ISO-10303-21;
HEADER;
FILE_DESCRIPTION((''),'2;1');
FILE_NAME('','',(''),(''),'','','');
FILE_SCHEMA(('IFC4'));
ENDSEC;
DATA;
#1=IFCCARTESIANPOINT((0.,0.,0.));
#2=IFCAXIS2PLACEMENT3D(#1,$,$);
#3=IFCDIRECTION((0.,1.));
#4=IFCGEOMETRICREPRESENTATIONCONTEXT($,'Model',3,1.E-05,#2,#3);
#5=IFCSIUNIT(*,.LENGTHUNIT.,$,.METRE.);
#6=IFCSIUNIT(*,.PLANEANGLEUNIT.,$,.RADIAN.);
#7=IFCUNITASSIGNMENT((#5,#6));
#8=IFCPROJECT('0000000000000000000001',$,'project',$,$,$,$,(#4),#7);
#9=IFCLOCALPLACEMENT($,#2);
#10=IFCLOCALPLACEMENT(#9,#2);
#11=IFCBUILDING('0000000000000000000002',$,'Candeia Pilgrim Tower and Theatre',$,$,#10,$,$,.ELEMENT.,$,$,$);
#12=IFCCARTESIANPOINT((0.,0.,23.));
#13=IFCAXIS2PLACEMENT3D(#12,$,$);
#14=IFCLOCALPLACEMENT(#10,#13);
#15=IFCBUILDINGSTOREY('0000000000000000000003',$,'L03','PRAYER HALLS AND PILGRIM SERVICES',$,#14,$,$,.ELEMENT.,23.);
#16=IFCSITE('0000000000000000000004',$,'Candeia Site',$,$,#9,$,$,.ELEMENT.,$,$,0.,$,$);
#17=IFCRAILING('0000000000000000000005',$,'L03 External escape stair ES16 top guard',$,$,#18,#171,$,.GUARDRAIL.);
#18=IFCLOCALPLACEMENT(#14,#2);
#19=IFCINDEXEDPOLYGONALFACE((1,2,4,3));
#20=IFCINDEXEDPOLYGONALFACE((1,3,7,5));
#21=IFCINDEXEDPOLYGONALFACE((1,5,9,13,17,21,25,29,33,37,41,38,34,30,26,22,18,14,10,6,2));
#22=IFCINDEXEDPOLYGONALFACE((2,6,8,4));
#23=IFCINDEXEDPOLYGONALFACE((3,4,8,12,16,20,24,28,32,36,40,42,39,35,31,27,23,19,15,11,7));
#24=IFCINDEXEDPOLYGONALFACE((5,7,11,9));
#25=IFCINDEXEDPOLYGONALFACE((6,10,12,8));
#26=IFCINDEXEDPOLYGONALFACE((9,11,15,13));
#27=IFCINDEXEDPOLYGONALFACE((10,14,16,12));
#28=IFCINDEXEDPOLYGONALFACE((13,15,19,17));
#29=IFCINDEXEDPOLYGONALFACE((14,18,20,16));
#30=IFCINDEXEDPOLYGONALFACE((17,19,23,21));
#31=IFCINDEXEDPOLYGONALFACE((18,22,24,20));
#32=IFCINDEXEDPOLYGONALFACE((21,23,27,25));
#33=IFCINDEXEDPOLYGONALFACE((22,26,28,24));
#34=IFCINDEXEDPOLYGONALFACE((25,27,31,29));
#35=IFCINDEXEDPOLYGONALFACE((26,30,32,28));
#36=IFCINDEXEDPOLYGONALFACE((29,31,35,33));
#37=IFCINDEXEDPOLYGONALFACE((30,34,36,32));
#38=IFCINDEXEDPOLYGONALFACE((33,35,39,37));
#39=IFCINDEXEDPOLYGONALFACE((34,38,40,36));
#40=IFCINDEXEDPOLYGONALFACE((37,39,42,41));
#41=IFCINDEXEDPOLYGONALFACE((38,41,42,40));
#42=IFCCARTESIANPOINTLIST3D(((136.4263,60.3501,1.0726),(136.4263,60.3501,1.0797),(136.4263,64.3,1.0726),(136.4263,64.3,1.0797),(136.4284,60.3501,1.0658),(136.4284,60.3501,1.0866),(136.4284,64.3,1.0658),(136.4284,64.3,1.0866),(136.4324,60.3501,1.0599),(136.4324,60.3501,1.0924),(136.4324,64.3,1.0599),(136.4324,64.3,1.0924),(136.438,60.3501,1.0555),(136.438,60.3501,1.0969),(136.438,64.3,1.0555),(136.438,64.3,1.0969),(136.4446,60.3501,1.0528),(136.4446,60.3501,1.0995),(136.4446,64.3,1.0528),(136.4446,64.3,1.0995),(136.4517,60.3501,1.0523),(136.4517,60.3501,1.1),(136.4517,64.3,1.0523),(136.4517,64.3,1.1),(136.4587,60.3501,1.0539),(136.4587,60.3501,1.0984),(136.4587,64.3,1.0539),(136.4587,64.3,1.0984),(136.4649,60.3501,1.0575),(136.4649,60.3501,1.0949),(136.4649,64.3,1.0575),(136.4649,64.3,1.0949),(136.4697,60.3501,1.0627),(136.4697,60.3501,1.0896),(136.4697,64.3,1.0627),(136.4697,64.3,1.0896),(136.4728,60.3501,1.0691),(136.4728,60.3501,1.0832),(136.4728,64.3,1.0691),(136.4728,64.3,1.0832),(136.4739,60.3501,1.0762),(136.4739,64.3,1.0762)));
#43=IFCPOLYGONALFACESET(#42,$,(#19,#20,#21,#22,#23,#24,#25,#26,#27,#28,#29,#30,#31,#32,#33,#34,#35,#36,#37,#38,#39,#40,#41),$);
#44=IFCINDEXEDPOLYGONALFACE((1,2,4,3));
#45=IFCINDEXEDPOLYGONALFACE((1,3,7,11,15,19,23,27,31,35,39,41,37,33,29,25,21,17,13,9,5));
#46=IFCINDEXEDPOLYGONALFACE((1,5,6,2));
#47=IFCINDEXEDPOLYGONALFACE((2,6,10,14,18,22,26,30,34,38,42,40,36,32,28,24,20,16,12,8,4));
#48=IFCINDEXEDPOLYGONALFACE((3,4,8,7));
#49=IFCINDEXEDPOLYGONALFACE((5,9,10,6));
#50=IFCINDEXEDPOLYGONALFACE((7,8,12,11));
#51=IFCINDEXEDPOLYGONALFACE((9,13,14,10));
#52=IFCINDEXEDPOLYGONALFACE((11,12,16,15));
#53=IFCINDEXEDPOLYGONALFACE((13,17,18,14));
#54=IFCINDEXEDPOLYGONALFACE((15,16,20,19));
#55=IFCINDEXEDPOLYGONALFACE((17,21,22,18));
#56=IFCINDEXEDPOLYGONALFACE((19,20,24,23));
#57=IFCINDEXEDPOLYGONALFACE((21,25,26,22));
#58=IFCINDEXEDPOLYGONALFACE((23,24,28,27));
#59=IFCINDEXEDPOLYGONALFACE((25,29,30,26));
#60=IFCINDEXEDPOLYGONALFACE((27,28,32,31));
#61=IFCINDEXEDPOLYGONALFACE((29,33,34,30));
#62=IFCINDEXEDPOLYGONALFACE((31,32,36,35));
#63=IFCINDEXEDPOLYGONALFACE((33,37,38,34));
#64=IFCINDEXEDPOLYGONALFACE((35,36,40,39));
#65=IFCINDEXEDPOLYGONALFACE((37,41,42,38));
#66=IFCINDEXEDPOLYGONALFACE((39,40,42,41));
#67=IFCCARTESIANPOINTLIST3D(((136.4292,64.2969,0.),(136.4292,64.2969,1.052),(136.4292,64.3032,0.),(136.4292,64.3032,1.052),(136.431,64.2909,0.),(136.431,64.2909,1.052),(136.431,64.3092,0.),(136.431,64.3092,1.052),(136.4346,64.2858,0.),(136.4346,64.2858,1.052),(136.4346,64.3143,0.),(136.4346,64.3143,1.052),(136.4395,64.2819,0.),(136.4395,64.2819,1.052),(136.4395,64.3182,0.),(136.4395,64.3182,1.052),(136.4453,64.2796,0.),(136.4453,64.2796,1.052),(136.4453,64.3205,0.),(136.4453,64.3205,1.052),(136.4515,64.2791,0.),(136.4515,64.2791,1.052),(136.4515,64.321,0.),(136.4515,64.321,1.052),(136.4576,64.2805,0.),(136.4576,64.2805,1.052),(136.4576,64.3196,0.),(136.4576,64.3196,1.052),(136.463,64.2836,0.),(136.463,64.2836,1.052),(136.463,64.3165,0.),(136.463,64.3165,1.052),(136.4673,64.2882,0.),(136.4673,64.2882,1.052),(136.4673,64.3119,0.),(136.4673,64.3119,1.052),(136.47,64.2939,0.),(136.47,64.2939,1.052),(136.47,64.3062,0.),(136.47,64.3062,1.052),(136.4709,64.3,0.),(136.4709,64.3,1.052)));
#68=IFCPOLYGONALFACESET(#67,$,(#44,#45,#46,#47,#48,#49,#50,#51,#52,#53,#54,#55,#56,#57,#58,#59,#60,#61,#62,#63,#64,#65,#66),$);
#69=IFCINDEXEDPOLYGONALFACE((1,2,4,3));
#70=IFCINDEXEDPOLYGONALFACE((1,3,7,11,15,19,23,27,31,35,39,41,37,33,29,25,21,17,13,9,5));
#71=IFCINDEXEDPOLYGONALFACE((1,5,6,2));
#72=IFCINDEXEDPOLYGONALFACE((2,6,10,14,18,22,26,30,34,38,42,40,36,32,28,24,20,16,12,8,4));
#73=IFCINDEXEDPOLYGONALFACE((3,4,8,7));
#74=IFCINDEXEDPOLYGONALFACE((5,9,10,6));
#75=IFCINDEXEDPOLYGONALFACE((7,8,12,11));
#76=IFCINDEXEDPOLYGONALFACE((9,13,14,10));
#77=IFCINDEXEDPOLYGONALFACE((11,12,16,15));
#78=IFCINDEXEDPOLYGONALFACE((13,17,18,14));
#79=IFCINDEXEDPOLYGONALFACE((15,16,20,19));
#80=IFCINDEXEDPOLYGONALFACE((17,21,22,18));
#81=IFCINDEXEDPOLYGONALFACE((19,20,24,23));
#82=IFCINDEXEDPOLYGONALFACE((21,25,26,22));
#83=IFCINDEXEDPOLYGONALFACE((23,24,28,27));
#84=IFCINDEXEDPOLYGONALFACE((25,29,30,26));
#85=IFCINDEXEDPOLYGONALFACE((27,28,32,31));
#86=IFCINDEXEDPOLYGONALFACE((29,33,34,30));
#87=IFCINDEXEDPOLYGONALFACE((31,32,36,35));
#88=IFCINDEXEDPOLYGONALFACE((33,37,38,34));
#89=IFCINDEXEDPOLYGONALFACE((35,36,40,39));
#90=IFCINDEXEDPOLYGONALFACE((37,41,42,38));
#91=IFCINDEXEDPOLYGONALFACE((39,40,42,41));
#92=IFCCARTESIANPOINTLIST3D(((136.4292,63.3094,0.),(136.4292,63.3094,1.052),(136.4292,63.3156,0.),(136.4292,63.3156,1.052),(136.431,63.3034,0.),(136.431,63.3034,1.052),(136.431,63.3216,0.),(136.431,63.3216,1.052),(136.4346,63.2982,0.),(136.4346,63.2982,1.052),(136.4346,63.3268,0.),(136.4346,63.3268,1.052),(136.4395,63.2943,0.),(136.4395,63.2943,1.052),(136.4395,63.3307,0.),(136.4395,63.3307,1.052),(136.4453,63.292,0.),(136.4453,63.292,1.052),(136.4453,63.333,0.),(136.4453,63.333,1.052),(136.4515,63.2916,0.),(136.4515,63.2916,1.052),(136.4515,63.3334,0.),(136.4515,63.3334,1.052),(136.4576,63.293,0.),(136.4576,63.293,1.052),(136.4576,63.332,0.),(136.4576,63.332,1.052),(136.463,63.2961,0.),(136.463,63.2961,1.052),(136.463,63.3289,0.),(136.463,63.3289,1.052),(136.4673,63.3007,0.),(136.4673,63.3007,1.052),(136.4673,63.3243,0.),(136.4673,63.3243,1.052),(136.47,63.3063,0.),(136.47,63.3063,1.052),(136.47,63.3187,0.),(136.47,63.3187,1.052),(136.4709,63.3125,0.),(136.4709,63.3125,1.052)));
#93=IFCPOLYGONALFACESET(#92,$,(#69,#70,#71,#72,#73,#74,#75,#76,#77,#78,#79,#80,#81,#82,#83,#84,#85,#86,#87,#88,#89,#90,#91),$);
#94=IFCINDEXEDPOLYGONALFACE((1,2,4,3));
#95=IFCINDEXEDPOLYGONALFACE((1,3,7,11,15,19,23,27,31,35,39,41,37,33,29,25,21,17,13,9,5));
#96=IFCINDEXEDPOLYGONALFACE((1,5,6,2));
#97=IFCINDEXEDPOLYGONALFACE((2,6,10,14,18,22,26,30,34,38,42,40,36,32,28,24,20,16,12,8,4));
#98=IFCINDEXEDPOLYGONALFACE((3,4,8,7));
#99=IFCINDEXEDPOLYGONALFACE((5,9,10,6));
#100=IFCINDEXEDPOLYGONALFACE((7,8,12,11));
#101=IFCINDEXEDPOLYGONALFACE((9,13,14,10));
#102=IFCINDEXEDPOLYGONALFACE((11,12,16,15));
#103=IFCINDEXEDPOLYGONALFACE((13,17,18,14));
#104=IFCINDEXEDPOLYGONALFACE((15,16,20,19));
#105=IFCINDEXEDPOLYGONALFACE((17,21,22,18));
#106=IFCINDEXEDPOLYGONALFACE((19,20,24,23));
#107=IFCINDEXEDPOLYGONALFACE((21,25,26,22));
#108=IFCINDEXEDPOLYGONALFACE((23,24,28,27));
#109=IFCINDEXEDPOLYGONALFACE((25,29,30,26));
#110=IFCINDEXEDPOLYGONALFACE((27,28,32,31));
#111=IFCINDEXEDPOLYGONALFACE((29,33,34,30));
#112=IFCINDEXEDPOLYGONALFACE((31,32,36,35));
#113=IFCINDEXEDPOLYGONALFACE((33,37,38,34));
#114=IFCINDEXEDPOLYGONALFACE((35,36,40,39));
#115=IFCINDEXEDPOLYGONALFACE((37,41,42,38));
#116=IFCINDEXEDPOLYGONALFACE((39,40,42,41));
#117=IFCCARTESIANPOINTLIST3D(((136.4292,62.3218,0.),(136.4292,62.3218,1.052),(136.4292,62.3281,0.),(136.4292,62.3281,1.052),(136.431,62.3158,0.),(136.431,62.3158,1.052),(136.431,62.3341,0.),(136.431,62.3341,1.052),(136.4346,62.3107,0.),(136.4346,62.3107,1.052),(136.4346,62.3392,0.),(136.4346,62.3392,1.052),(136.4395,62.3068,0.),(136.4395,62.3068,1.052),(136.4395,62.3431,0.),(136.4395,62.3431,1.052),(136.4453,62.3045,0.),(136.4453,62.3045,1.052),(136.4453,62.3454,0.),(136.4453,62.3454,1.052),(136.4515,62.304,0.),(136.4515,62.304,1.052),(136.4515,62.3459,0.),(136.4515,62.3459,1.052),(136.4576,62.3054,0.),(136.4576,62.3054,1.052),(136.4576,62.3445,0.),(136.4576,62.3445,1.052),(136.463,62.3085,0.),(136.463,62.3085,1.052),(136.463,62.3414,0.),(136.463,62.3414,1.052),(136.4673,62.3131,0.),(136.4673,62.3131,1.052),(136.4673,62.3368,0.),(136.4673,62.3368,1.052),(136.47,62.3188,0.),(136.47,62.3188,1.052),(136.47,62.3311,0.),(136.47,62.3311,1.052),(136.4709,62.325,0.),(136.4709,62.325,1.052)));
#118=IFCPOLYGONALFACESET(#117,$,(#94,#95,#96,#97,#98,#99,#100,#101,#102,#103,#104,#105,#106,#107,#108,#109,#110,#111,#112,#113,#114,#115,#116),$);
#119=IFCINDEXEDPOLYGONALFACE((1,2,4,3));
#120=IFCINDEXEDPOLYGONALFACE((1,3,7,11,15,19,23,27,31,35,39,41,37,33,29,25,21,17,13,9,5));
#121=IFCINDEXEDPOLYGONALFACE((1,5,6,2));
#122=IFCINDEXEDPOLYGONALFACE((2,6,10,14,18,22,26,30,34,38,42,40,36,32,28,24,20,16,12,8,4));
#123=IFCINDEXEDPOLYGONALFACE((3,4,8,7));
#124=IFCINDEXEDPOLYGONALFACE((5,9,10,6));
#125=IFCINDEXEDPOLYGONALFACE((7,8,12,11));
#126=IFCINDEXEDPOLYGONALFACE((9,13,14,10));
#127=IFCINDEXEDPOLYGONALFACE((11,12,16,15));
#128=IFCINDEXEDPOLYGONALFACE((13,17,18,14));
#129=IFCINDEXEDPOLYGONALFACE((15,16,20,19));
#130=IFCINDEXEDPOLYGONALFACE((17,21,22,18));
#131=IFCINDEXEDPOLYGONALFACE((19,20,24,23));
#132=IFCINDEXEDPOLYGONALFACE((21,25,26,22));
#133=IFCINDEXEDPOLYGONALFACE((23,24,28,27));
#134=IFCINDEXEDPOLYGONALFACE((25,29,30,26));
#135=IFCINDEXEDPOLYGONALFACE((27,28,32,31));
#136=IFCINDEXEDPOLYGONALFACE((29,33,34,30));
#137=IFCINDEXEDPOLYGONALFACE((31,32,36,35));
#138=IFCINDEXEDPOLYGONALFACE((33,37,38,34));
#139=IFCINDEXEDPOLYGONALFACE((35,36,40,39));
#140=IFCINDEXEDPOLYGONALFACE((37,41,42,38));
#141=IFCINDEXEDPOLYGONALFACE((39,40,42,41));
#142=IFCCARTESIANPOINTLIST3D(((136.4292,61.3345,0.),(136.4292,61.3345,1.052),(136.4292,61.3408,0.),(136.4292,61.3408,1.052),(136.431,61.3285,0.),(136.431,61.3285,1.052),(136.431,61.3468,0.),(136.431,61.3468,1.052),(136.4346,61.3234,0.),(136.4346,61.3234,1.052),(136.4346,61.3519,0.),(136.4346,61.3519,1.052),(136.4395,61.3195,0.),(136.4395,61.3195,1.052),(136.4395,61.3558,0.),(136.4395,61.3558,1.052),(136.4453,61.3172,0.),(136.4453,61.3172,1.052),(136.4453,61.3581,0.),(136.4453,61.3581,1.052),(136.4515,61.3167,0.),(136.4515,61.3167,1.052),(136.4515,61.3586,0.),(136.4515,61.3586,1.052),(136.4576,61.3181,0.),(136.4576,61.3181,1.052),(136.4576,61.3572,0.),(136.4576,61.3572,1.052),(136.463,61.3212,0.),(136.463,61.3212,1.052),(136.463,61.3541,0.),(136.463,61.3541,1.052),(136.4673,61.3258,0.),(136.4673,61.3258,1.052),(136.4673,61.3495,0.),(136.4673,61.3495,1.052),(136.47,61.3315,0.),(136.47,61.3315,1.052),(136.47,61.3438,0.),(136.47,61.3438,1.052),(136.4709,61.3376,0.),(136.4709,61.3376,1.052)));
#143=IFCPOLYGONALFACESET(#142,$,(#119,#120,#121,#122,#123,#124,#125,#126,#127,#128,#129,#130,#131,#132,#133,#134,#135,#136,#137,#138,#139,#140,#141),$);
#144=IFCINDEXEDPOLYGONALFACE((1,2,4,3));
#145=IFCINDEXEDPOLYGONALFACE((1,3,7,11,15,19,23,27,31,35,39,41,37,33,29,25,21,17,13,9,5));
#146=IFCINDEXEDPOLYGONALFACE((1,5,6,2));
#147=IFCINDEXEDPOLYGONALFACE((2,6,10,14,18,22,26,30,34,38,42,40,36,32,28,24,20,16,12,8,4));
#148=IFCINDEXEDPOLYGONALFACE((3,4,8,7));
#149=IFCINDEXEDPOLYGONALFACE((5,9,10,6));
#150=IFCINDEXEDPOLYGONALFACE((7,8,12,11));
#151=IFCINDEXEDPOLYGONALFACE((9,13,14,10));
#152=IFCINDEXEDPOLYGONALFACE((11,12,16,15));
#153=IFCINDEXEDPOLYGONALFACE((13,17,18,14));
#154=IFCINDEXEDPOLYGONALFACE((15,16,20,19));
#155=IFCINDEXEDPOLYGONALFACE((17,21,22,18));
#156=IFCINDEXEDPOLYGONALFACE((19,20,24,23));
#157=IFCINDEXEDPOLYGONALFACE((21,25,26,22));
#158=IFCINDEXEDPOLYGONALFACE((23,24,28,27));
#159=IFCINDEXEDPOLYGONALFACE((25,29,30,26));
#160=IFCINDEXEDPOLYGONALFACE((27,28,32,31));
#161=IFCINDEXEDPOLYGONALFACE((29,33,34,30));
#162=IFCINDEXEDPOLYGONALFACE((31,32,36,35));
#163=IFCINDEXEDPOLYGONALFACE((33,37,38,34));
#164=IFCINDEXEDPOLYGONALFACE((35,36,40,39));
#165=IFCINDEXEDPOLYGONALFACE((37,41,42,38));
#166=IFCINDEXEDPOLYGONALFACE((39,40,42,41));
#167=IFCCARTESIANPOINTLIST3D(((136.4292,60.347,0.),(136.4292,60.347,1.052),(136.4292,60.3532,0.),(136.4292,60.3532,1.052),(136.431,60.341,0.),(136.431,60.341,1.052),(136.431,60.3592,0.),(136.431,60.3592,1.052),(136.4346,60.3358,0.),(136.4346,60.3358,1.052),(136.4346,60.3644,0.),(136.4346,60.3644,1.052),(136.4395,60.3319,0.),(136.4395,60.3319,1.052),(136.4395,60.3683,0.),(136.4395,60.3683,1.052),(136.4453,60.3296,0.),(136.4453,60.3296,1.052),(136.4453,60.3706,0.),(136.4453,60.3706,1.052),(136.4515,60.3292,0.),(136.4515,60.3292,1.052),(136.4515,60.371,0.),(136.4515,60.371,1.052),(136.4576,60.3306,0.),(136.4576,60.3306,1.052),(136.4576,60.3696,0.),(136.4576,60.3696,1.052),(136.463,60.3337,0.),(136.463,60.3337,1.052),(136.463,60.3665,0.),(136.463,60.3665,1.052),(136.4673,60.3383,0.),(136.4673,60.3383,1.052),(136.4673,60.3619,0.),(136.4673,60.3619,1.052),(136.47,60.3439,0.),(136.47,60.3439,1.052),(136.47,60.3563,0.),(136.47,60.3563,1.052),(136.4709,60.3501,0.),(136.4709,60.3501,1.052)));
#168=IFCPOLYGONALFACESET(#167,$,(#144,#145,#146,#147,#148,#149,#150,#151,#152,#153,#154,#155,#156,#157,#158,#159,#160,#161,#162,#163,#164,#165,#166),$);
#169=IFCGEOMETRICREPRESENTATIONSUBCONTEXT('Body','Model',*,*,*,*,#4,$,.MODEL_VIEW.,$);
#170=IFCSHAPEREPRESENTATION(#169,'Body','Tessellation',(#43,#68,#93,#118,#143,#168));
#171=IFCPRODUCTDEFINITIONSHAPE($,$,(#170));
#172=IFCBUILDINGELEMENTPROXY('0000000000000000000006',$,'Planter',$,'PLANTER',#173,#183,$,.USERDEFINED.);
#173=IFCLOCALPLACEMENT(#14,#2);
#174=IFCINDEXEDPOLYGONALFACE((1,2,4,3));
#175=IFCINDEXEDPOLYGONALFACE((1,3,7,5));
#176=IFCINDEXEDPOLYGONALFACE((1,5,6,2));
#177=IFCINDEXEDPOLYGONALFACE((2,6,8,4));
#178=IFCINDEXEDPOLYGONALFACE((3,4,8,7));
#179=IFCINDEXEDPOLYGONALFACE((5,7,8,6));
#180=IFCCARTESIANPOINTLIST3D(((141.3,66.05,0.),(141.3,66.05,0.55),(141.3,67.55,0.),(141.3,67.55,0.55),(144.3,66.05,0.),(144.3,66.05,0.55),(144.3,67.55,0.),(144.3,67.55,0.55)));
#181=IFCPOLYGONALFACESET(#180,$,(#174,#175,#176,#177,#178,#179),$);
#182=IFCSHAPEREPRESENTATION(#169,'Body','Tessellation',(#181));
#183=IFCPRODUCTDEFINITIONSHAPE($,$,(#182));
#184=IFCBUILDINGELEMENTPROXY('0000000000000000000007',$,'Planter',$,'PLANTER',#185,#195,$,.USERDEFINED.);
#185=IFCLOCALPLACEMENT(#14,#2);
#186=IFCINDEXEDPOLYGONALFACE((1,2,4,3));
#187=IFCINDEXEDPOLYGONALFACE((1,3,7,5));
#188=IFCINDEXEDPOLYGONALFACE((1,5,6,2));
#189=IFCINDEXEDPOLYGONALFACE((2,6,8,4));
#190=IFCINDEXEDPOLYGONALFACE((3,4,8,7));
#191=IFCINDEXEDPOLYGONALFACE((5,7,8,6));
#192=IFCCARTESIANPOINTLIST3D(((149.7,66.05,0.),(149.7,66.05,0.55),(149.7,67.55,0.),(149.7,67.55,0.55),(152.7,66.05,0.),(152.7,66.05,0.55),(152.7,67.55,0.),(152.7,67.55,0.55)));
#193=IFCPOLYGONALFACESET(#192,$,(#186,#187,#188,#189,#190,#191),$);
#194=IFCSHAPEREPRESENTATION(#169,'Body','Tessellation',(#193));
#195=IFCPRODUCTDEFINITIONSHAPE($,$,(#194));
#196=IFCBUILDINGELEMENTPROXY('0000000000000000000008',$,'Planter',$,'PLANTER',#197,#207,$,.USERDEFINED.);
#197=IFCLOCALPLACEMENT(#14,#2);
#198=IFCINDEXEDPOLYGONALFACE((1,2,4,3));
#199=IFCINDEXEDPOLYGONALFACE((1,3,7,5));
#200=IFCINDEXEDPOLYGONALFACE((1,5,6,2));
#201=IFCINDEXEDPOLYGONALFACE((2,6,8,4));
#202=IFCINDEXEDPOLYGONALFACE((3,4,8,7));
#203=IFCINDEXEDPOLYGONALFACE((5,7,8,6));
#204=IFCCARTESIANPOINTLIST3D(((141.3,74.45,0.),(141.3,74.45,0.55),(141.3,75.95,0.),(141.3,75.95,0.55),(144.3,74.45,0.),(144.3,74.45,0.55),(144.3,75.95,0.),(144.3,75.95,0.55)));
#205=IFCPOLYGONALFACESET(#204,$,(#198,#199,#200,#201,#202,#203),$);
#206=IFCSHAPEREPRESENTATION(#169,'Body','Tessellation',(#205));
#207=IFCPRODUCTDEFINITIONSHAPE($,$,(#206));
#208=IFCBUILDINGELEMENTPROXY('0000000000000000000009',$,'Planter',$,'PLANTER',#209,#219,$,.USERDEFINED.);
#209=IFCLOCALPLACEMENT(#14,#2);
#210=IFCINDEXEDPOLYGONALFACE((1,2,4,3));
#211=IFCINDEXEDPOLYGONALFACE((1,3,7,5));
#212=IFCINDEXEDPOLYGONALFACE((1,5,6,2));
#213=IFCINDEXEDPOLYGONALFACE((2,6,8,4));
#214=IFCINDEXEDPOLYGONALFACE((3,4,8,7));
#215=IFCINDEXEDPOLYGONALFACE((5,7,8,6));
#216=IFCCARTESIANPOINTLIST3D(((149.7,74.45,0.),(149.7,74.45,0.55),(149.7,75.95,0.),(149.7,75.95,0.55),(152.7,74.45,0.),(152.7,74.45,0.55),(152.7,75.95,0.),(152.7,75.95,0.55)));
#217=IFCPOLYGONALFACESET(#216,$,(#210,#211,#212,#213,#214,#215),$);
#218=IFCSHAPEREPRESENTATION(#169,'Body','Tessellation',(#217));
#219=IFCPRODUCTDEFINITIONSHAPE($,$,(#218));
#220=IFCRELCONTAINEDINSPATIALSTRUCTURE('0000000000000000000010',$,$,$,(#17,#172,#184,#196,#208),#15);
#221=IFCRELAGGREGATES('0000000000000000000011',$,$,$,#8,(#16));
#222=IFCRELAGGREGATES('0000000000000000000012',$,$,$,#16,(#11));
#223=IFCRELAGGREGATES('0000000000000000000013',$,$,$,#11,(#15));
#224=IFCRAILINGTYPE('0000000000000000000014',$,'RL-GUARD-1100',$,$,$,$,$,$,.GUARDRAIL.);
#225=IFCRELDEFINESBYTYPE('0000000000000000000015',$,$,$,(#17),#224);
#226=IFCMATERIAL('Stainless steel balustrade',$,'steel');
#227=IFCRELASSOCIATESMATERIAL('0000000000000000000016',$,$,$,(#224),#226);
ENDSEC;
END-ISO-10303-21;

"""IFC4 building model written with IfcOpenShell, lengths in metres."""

from ifc_helpers import new_model, si_unit, direction, frame, origin, origin_2d, place, context, subcontext, project, spatial, rectangle, circle, extrude, material, type_object, element, save


model = new_model("IFC4")

# Units and contexts
model_context = context("Model", 3, precision=1e-05, world=origin(), true_north=direction((0.0, 1.0)))
body_context = subcontext(model_context, "Body", "Model", "MODEL_VIEW")
ifc_project = project(units=[si_unit("LENGTHUNIT", "METRE"), si_unit("PLANEANGLEUNIT", "RADIAN")], contexts=[model_context])

# Site, building, storey
site_placement = place(None, origin())
site = spatial("IfcSite", under=ifc_project, at=site_placement, Name="Candeia Site", CompositionType="ELEMENT", RefElevation=0.0)
building_placement = place(site_placement, origin())
building = spatial("IfcBuilding", under=site, at=building_placement, Name="Candeia Pilgrim Tower and Theatre", CompositionType="ELEMENT")
storey_placement = place(building_placement, frame((0.0, 0.0, 23.0)))
storey = spatial("IfcBuildingStorey", under=building, at=storey_placement, Name="L03", Description="PRAYER HALLS AND PILGRIM SERVICES", CompositionType="ELEMENT", Elevation=23.0)

# Railing
ifc_material_1 = material(Name="Stainless steel balustrade", Category="steel")
railing_type_1 = type_object("IfcRailingType", Name="RL-GUARD-1100", PredefinedType="GUARDRAIL", material=ifc_material_1)
railing_1_placement = place(storey_placement, frame((136.45, 64.3, 0.0)))
element("IfcRailing", 1, at=railing_1_placement, inside=storey, type_object=railing_type_1, Name="L03 External escape stair ES16 top guard", PredefinedType="GUARDRAIL", context=body_context, shape_type="SweptSolid", body=[
    extrude(circle(Radius=0.0239, at=origin_2d()), frame((0.0, 0.0, 1.0762), z_axis=(0.0, -1.0, 0.0), x_axis=(1.0, 0.0, 0.0)), (0.0, 0.0, 1.0), 3.95),
    extrude(circle(Radius=0.021, at=origin_2d()), origin(), (0.0, 0.0, 1.0), 1.052),
    extrude(circle(Radius=0.021, at=origin_2d()), frame((0.0, -0.9875, 0.0)), (0.0, 0.0, 1.0), 1.052),
    extrude(circle(Radius=0.021, at=origin_2d()), frame((0.0, -1.9751, 0.0)), (0.0, 0.0, 1.0), 1.052),
    extrude(circle(Radius=0.021, at=origin_2d()), frame((0.0, -2.9624, 0.0)), (0.0, 0.0, 1.0), 1.052),
    extrude(circle(Radius=0.021, at=origin_2d()), frame((0.0, -3.95, 0.0)), (0.0, 0.0, 1.0), 1.052),
])

# Building element proxies
for number, where, z_axis, x_axis, name in (
    (2, (142.8, 66.8, 0.0), (0.0, 0.0, 1.0), (1.0, 0.0, 0.0), "Planter"),
    (3, (151.2, 66.8, 0.0), (0.0, 0.0, 1.0), (1.0, 0.0, 0.0), "Planter"),
    (4, (142.8, 75.2, 0.0), (0.0, 0.0, 1.0), (1.0, 0.0, 0.0), "Planter"),
    (5, (151.2, 75.2, 0.0), (0.0, 0.0, 1.0), (1.0, 0.0, 0.0), "Planter"),
):
    element("IfcBuildingElementProxy", number, at=place(storey_placement, frame(where, z_axis=z_axis, x_axis=x_axis)), inside=storey, Name=name, ObjectType="PLANTER", PredefinedType="USERDEFINED", context=body_context, shape_type="SweptSolid", body=[
        extrude(rectangle(XDim=3.0, YDim=1.5, at=origin_2d()), origin(), (0.0, 0.0, 1.0), 0.55),
    ])

save(model, "model.ifc")
